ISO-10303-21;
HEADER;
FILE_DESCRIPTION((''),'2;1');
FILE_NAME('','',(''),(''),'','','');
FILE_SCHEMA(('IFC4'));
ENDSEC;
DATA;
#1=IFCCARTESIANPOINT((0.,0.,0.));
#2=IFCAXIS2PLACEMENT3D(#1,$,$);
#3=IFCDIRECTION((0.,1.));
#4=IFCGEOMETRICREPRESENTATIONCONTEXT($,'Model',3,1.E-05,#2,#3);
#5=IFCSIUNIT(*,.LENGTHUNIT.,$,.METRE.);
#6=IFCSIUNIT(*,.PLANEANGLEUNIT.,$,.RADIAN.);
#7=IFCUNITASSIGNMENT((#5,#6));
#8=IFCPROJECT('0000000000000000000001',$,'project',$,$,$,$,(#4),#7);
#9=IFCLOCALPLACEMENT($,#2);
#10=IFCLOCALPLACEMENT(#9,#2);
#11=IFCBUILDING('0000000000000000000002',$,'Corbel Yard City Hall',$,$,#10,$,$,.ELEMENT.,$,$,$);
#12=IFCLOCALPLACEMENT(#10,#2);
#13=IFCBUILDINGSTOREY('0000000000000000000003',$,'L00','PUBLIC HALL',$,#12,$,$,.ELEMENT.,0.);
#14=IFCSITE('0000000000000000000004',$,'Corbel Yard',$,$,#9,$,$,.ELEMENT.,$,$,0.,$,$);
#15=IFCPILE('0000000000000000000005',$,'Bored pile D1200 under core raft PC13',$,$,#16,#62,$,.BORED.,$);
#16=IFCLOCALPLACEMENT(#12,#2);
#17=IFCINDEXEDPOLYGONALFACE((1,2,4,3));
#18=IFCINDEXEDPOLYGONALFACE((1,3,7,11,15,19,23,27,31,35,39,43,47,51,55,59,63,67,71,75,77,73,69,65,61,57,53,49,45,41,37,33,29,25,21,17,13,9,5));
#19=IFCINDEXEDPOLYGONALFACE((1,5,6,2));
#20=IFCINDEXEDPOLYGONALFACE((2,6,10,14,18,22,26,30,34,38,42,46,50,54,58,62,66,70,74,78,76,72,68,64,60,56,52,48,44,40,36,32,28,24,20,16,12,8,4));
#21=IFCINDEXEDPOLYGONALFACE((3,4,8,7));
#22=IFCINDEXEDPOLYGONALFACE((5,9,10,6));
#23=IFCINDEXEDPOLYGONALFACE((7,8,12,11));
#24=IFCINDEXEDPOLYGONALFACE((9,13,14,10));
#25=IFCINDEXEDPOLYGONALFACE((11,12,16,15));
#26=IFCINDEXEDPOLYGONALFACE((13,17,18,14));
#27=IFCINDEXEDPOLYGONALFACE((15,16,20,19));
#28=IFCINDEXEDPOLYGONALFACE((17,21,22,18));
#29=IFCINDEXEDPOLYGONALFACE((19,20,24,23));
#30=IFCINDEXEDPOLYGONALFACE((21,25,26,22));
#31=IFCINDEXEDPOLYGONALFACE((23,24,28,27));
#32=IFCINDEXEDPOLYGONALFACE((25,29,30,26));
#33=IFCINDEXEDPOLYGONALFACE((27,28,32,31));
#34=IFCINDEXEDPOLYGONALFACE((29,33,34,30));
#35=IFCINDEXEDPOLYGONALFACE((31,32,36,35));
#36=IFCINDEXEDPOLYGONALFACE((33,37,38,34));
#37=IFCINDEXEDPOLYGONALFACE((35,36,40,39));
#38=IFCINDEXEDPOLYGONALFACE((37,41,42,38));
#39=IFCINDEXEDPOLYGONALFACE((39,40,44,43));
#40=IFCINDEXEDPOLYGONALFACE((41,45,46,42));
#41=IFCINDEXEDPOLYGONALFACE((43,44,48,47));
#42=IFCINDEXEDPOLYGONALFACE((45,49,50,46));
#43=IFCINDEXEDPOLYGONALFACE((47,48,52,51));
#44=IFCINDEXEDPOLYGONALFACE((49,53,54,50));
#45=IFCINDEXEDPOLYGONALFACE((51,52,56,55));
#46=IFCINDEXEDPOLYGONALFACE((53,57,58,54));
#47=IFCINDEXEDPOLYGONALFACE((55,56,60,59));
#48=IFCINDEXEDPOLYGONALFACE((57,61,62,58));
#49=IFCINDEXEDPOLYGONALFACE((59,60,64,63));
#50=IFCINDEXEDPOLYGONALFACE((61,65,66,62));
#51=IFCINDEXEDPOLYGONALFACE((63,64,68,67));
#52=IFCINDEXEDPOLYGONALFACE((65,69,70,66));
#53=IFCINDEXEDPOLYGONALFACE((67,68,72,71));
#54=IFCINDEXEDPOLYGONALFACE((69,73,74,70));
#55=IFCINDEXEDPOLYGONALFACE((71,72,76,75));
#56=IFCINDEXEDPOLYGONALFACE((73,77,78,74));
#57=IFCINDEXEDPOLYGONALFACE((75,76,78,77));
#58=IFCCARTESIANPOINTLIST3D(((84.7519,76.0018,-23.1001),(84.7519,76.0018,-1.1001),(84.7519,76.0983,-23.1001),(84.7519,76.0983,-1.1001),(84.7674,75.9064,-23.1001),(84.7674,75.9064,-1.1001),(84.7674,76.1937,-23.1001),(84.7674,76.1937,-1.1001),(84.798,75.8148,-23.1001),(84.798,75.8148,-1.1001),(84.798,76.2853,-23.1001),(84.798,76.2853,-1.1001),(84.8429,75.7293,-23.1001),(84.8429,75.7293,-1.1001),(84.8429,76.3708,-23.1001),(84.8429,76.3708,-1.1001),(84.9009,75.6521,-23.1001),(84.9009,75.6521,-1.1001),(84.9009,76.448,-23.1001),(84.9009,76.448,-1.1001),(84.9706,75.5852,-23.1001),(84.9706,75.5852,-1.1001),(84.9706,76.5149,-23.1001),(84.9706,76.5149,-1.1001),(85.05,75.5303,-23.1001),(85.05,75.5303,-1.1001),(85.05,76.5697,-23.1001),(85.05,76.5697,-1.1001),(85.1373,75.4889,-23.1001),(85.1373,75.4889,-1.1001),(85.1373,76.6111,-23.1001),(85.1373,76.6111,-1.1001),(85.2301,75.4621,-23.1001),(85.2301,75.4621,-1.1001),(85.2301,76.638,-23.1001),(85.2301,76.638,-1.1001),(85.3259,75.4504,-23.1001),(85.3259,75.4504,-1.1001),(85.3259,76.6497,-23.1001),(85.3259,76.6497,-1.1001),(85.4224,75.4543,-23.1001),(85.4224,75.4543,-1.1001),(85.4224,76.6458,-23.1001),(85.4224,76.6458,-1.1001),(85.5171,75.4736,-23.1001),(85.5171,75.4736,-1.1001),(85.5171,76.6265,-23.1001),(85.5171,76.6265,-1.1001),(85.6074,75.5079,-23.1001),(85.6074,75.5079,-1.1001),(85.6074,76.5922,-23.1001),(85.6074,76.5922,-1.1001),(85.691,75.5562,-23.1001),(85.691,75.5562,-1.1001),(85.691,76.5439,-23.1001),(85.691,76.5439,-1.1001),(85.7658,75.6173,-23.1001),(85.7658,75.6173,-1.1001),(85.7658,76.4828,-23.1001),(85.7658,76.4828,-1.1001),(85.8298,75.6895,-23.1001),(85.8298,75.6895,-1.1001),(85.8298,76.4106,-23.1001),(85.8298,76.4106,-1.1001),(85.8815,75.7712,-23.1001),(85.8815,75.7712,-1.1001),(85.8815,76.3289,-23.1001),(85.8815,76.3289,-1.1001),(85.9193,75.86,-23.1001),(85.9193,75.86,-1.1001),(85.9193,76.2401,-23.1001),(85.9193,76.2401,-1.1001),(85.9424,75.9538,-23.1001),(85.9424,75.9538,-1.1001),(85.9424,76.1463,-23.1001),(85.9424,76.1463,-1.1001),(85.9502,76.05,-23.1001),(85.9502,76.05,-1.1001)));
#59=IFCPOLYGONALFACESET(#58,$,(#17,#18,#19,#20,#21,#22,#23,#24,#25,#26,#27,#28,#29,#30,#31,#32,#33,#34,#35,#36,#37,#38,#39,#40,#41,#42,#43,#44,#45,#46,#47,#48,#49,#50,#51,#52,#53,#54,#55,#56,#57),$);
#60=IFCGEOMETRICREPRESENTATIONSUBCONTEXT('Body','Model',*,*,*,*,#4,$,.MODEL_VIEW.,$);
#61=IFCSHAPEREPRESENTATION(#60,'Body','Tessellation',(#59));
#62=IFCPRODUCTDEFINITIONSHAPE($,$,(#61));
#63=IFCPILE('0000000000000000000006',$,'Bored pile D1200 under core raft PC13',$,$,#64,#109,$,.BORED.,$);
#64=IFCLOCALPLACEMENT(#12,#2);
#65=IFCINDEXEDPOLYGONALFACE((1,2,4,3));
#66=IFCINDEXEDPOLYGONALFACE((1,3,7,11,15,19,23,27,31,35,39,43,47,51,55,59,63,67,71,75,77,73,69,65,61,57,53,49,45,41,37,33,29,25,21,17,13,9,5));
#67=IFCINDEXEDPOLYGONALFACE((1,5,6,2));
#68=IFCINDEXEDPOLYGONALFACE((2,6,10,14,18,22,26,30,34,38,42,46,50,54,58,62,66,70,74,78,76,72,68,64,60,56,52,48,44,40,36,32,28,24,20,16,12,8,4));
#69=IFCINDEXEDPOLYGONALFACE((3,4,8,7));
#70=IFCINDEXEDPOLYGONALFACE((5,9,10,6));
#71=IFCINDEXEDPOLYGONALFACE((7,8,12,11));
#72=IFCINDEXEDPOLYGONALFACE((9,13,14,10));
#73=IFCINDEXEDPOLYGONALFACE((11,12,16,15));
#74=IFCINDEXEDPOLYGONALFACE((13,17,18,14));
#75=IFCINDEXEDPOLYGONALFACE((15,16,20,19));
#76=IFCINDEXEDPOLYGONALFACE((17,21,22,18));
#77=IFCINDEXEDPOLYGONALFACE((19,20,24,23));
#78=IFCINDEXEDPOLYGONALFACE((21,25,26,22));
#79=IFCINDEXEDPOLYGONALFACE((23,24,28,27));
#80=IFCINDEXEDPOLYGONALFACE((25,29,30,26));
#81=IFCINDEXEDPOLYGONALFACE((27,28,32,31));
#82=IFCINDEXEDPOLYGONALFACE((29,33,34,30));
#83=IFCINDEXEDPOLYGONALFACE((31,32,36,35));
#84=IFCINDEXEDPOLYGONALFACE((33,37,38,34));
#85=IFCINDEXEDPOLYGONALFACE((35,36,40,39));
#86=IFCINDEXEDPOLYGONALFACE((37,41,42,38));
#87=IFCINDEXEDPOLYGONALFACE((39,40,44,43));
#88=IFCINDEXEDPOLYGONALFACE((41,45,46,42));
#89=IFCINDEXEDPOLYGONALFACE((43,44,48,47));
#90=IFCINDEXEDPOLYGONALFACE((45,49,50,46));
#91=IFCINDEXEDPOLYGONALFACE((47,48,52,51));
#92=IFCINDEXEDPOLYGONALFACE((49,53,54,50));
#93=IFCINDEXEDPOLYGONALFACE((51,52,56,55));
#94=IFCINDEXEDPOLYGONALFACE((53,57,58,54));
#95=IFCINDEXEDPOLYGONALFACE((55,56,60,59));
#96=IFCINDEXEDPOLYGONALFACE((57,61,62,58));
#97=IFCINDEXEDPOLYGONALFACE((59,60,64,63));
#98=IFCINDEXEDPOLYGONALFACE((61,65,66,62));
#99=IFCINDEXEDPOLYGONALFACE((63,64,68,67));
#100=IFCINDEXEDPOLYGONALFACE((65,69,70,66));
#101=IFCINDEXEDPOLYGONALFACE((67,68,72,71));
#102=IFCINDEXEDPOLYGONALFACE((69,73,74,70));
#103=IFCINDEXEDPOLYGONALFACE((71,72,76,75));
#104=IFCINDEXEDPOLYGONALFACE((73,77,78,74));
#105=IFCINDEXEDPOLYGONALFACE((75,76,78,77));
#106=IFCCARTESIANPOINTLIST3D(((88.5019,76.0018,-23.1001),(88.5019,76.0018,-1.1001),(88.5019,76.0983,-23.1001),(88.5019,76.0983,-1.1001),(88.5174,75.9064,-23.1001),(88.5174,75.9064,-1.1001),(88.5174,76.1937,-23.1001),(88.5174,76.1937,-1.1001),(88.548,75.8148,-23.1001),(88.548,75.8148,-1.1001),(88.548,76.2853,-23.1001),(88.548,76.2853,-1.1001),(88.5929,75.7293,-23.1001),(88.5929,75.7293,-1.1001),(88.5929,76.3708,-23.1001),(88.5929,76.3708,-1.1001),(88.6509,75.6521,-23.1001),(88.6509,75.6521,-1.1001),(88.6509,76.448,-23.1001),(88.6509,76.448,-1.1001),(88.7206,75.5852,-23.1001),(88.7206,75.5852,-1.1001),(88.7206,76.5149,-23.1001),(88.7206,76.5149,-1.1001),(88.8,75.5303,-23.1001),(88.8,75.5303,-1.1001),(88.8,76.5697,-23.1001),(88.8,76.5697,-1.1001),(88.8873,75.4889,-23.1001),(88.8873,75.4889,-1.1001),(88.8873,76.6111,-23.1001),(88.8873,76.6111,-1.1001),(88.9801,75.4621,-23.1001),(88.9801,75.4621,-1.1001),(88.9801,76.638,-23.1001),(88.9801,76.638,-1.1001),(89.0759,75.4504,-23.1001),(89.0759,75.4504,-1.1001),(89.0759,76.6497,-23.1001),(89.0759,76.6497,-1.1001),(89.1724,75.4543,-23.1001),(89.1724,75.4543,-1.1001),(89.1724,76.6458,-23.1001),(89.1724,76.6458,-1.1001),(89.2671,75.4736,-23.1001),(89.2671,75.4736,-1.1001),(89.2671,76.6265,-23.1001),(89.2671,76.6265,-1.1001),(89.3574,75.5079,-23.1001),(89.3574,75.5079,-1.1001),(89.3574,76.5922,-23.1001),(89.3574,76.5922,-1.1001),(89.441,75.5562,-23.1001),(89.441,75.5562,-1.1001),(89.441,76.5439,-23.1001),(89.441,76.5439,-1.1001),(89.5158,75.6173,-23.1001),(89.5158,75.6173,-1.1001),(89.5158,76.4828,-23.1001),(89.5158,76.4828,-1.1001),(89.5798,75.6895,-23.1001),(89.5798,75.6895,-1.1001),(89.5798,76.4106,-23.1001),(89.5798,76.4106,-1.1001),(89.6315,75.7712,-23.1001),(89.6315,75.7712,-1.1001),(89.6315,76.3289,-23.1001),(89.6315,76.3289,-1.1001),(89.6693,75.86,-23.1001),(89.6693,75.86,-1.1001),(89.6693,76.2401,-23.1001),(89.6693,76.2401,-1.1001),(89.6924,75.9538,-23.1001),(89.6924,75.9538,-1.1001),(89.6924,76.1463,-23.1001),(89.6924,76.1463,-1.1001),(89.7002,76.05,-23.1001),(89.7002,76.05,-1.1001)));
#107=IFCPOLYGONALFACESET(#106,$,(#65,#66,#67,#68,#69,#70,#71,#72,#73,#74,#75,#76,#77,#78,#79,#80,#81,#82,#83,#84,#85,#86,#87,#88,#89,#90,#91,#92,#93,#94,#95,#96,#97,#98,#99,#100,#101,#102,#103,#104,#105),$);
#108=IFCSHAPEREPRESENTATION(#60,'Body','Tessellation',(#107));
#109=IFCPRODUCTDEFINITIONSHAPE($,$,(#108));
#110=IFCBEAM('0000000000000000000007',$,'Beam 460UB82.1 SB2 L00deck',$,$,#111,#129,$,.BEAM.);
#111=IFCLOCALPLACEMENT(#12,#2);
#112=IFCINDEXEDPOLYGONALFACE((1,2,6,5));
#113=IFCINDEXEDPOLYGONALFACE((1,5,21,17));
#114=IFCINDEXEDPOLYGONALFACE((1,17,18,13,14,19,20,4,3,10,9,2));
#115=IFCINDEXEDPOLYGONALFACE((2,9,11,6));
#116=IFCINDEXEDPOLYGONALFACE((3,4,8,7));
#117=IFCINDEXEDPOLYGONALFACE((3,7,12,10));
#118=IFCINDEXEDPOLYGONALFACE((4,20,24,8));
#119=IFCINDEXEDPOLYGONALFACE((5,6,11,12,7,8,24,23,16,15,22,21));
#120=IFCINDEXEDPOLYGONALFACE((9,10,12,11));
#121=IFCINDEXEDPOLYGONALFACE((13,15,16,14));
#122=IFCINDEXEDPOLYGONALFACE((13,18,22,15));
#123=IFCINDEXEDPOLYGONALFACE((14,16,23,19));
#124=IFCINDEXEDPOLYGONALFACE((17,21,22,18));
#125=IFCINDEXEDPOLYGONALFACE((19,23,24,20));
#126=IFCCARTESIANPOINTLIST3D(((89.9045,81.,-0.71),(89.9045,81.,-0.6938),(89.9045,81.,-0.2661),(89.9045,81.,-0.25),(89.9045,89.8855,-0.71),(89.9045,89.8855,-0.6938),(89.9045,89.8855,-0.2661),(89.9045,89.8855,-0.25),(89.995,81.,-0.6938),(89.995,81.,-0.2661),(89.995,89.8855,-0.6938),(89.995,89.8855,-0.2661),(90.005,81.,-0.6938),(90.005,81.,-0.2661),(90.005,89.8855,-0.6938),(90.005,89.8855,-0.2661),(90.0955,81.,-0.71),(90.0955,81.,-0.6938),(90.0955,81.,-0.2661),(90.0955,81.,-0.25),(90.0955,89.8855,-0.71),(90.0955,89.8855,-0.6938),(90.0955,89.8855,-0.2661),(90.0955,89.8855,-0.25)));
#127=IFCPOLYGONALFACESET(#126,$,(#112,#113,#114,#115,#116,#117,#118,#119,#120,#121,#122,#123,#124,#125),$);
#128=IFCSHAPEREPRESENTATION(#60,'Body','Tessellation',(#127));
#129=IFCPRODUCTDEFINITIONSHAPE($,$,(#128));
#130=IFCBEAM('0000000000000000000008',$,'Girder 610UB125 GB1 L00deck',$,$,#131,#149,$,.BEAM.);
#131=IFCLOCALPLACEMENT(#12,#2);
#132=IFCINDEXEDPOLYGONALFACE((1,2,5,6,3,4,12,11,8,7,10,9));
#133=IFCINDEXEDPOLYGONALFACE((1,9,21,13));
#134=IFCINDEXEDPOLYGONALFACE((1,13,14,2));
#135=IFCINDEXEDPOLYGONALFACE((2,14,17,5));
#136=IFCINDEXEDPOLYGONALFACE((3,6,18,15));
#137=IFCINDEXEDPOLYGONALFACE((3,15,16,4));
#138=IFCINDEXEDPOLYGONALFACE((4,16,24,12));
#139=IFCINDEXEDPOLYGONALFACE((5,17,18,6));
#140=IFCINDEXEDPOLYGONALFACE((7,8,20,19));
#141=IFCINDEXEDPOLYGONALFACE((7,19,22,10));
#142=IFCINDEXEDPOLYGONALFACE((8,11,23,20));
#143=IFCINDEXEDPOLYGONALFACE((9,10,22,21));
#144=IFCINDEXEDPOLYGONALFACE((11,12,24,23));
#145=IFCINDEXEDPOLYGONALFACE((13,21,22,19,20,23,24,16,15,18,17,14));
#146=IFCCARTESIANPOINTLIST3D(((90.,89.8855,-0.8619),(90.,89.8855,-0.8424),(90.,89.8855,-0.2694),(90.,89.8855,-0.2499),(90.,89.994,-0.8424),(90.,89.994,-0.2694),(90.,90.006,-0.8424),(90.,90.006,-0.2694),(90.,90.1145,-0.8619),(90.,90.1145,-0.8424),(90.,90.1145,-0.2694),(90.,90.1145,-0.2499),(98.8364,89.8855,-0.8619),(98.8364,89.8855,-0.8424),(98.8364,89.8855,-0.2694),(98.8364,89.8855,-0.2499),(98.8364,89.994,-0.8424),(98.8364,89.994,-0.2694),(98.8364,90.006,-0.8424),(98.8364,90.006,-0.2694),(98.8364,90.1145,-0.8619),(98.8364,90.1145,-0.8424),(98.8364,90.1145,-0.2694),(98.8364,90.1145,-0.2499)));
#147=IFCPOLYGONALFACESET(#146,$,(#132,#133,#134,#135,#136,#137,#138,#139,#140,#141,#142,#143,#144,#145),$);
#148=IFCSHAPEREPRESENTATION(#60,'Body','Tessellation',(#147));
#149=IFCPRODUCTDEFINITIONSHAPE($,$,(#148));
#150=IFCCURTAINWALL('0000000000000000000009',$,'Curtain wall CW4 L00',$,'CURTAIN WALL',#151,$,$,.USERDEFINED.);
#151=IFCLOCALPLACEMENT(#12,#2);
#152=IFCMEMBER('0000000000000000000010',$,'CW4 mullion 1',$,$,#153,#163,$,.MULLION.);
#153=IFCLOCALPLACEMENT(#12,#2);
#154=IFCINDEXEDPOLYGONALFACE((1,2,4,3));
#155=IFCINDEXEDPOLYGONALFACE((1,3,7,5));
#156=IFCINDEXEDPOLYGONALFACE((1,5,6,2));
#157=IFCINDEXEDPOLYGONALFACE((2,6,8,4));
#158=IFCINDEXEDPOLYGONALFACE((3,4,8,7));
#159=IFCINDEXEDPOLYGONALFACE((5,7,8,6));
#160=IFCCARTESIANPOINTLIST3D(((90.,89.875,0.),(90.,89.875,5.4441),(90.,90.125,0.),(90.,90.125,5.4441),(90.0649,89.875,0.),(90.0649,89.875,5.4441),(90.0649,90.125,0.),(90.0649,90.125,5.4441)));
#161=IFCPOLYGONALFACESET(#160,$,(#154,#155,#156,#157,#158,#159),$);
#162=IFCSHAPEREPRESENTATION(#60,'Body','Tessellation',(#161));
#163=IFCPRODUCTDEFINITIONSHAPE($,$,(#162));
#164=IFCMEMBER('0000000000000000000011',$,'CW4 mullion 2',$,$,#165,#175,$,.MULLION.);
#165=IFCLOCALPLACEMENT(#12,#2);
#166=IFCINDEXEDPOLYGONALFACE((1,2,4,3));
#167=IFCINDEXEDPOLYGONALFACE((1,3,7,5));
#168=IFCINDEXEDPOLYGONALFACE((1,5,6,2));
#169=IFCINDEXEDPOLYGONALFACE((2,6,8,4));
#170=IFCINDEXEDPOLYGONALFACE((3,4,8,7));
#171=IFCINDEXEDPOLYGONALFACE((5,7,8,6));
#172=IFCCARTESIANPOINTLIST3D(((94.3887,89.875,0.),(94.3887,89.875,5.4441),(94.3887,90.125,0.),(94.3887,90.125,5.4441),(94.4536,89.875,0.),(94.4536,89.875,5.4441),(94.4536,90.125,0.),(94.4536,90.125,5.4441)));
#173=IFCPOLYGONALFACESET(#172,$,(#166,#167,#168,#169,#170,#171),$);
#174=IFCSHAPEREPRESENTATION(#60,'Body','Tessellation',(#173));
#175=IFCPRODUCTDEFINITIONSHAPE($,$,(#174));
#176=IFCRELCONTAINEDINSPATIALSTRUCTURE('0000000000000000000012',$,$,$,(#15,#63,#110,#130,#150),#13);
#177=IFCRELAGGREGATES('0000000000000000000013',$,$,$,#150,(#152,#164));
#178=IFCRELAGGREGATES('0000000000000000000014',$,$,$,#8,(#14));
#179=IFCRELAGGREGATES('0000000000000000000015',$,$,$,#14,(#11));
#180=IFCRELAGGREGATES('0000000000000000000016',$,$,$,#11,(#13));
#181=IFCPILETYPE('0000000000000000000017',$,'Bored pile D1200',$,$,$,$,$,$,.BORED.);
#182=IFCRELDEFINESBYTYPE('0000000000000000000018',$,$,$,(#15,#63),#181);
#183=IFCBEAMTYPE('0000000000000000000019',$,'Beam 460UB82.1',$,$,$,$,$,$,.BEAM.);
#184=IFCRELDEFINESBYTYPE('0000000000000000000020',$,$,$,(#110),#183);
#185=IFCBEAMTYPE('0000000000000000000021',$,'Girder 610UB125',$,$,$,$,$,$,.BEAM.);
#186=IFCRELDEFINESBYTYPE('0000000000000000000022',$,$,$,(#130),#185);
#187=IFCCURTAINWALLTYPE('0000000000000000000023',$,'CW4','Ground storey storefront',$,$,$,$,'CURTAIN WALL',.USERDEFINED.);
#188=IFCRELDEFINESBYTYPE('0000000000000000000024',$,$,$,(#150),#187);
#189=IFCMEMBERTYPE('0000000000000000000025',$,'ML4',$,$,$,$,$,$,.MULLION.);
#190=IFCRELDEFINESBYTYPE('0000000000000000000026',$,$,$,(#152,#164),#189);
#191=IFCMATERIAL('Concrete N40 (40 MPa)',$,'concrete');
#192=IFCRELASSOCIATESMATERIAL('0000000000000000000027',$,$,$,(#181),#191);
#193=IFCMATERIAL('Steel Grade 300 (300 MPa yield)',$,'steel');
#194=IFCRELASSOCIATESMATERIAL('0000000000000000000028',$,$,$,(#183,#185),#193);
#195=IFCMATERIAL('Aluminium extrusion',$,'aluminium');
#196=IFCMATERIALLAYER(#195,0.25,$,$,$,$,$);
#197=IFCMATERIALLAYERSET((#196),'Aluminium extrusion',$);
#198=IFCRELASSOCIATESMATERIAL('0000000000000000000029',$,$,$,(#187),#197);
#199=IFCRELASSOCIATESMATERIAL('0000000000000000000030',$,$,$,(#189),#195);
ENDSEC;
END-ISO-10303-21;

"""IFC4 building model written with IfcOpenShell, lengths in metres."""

from ifc_helpers import new_model, si_unit, direction, frame, origin, origin_2d, place, context, subcontext, project, spatial, rectangle, circle, i_section, extrude, material, layer, layer_set, material_profile, profile_set, type_object, element, aggregate, save


model = new_model("IFC4")

# Units and contexts
model_context = context("Model", 3, precision=1e-05, world=origin(), true_north=direction((0.0, 1.0)))
body_context = subcontext(model_context, "Body", "Model", "MODEL_VIEW")
ifc_project = project(units=[si_unit("LENGTHUNIT", "METRE"), si_unit("PLANEANGLEUNIT", "RADIAN")], contexts=[model_context])

# Site, building, storey
site_placement = place(None, origin())
site = spatial("IfcSite", under=ifc_project, at=site_placement, Name="Corbel Yard", CompositionType="ELEMENT", RefElevation=0.0)
building_placement = place(site_placement, origin())
building = spatial("IfcBuilding", under=site, at=building_placement, Name="Corbel Yard City Hall", CompositionType="ELEMENT")
storey_placement = place(building_placement, origin())
storey = spatial("IfcBuildingStorey", under=building, at=storey_placement, Name="L00", Description="PUBLIC HALL", CompositionType="ELEMENT", Elevation=0.0)

# Piles
ifc_material_1 = material(Name="Concrete N40 (40 MPa)", Category="concrete")
ifc_material_profile_1 = material_profile(ifc_material_1, circle(Radius=0.6001, at=origin_2d()), Name="D1200")
ifc_profile_set_1 = profile_set([ifc_material_profile_1], Name="Concrete N40 (40 MPa)")
pile_type = type_object("IfcPileType", Name="Bored pile D1200", PredefinedType="BORED", material=ifc_profile_set_1)
for number, where, z_axis, x_axis, name in (
    (1, (85.3501, 76.05, -1.1001), (0.0, 0.0, -1.0), (1.0, 0.0, 0.0), "Bored pile D1200 under core raft PC13"),
    (2, (89.1001, 76.05, -1.1001), (0.0, 0.0, -1.0), (1.0, 0.0, 0.0), "Bored pile D1200 under core raft PC13"),
):
    element("IfcPile", number, at=place(storey_placement, frame(where, z_axis=z_axis, x_axis=x_axis)), inside=storey, type_object=pile_type, Name=name, PredefinedType="BORED", context=body_context, shape_type="SweptSolid", body=[
        extrude(circle(Radius=0.6001, at=origin_2d()), origin(), (0.0, 0.0, 1.0), 22.0),
    ])

# Beams
ifc_material_2 = material(Name="Steel Grade 300 (300 MPa yield)", Category="steel")
ifc_material_profile_2 = material_profile(ifc_material_2, i_section(OverallWidth=0.1909, OverallDepth=0.46, WebThickness=0.01, FlangeThickness=0.0161, at=origin_2d()), Name="460UB82.1")
ifc_profile_set_2 = profile_set([ifc_material_profile_2], Name="Steel Grade 300 (300 MPa yield)")
beam_type_1 = type_object("IfcBeamType", Name="Beam 460UB82.1", PredefinedType="BEAM", material=ifc_profile_set_2)
beam_1_placement = place(storey_placement, frame((90.0, 81.0, -0.48), z_axis=(0.0, 1.0, 0.0), x_axis=(-1.0, 0.0, 0.0)))
element("IfcBeam", 3, at=beam_1_placement, inside=storey, type_object=beam_type_1, Name="Beam 460UB82.1 SB2 L00deck", PredefinedType="BEAM", context=body_context, shape_type="SweptSolid", body=[
    extrude(i_section(OverallWidth=0.1909, OverallDepth=0.46, WebThickness=0.01, FlangeThickness=0.0161, at=origin_2d()), origin(), (0.0, 0.0, 1.0), 8.8855),
])
ifc_material_profile_3 = material_profile(ifc_material_2, i_section(OverallWidth=0.229, OverallDepth=0.6121, WebThickness=0.012, FlangeThickness=0.0195, at=origin_2d()), Name="610UB125")
ifc_profile_set_3 = profile_set([ifc_material_profile_3], Name="Steel Grade 300 (300 MPa yield)")
beam_type_2 = type_object("IfcBeamType", Name="Girder 610UB125", PredefinedType="BEAM", material=ifc_profile_set_3)
beam_2_placement = place(storey_placement, frame((90.0, 90.0, -0.5559), z_axis=(1.0, 0.0, 0.0), x_axis=(0.0, 1.0, 0.0)))
element("IfcBeam", 4, at=beam_2_placement, inside=storey, type_object=beam_type_2, Name="Girder 610UB125 GB1 L00deck", PredefinedType="BEAM", context=body_context, shape_type="SweptSolid", body=[
    extrude(i_section(OverallWidth=0.229, OverallDepth=0.6121, WebThickness=0.012, FlangeThickness=0.0195, at=origin_2d()), origin(), (0.0, 0.0, 1.0), 8.8364),
])

# Curtain wall, members
ifc_material_3 = material(Name="Aluminium extrusion", Category="aluminium")
ifc_layer_1 = layer(ifc_material_3, 0.25)
ifc_layer_set_1 = layer_set([ifc_layer_1], Name="Aluminium extrusion")
curtain_wall_type = type_object("IfcCurtainWallType", Name="CW4", Description="Ground storey storefront", ElementType="CURTAIN WALL", PredefinedType="USERDEFINED", material=ifc_layer_set_1)
curtain_wall_placement = place(storey_placement, origin())
curtain_wall = element("IfcCurtainWall", 5, at=curtain_wall_placement, inside=storey, type_object=curtain_wall_type, Name="Curtain wall CW4 L00", ObjectType="CURTAIN WALL", PredefinedType="USERDEFINED")
ifc_material_profile_4 = material_profile(ifc_material_3, rectangle(XDim=0.25, YDim=0.0649, at=origin_2d()), Name="250x65")
ifc_profile_set_4 = profile_set([ifc_material_profile_4], Name="Aluminium extrusion")
member_type_1 = type_object("IfcMemberType", Name="ML4", PredefinedType="MULLION", material=ifc_profile_set_4)
member_1_placement = place(storey_placement, frame((90.0325, 90.0, 0.0), z_axis=(0.0, 0.0, 1.0), x_axis=(0.0, 1.0, 0.0)))
member_1 = element("IfcMember", 6, at=member_1_placement, type_object=member_type_1, Name="CW4 mullion 1", PredefinedType="MULLION", context=body_context, shape_type="SweptSolid", body=[
    extrude(rectangle(XDim=0.25, YDim=0.0649, at=origin_2d()), origin(), (0.0, 0.0, 1.0), 5.4441),
])
member_2_placement = place(storey_placement, frame((94.4211, 90.0, 0.0), z_axis=(0.0, 0.0, 1.0), x_axis=(0.0, 1.0, 0.0)))
member_2 = element("IfcMember", 7, at=member_2_placement, type_object=member_type_1, Name="CW4 mullion 2", PredefinedType="MULLION", context=body_context, shape_type="SweptSolid", body=[
    extrude(rectangle(XDim=0.25, YDim=0.0649, at=origin_2d()), origin(), (0.0, 0.0, 1.0), 5.4441),
])

aggregate(curtain_wall, [member_1, member_2])

save(model, "model.ifc")
